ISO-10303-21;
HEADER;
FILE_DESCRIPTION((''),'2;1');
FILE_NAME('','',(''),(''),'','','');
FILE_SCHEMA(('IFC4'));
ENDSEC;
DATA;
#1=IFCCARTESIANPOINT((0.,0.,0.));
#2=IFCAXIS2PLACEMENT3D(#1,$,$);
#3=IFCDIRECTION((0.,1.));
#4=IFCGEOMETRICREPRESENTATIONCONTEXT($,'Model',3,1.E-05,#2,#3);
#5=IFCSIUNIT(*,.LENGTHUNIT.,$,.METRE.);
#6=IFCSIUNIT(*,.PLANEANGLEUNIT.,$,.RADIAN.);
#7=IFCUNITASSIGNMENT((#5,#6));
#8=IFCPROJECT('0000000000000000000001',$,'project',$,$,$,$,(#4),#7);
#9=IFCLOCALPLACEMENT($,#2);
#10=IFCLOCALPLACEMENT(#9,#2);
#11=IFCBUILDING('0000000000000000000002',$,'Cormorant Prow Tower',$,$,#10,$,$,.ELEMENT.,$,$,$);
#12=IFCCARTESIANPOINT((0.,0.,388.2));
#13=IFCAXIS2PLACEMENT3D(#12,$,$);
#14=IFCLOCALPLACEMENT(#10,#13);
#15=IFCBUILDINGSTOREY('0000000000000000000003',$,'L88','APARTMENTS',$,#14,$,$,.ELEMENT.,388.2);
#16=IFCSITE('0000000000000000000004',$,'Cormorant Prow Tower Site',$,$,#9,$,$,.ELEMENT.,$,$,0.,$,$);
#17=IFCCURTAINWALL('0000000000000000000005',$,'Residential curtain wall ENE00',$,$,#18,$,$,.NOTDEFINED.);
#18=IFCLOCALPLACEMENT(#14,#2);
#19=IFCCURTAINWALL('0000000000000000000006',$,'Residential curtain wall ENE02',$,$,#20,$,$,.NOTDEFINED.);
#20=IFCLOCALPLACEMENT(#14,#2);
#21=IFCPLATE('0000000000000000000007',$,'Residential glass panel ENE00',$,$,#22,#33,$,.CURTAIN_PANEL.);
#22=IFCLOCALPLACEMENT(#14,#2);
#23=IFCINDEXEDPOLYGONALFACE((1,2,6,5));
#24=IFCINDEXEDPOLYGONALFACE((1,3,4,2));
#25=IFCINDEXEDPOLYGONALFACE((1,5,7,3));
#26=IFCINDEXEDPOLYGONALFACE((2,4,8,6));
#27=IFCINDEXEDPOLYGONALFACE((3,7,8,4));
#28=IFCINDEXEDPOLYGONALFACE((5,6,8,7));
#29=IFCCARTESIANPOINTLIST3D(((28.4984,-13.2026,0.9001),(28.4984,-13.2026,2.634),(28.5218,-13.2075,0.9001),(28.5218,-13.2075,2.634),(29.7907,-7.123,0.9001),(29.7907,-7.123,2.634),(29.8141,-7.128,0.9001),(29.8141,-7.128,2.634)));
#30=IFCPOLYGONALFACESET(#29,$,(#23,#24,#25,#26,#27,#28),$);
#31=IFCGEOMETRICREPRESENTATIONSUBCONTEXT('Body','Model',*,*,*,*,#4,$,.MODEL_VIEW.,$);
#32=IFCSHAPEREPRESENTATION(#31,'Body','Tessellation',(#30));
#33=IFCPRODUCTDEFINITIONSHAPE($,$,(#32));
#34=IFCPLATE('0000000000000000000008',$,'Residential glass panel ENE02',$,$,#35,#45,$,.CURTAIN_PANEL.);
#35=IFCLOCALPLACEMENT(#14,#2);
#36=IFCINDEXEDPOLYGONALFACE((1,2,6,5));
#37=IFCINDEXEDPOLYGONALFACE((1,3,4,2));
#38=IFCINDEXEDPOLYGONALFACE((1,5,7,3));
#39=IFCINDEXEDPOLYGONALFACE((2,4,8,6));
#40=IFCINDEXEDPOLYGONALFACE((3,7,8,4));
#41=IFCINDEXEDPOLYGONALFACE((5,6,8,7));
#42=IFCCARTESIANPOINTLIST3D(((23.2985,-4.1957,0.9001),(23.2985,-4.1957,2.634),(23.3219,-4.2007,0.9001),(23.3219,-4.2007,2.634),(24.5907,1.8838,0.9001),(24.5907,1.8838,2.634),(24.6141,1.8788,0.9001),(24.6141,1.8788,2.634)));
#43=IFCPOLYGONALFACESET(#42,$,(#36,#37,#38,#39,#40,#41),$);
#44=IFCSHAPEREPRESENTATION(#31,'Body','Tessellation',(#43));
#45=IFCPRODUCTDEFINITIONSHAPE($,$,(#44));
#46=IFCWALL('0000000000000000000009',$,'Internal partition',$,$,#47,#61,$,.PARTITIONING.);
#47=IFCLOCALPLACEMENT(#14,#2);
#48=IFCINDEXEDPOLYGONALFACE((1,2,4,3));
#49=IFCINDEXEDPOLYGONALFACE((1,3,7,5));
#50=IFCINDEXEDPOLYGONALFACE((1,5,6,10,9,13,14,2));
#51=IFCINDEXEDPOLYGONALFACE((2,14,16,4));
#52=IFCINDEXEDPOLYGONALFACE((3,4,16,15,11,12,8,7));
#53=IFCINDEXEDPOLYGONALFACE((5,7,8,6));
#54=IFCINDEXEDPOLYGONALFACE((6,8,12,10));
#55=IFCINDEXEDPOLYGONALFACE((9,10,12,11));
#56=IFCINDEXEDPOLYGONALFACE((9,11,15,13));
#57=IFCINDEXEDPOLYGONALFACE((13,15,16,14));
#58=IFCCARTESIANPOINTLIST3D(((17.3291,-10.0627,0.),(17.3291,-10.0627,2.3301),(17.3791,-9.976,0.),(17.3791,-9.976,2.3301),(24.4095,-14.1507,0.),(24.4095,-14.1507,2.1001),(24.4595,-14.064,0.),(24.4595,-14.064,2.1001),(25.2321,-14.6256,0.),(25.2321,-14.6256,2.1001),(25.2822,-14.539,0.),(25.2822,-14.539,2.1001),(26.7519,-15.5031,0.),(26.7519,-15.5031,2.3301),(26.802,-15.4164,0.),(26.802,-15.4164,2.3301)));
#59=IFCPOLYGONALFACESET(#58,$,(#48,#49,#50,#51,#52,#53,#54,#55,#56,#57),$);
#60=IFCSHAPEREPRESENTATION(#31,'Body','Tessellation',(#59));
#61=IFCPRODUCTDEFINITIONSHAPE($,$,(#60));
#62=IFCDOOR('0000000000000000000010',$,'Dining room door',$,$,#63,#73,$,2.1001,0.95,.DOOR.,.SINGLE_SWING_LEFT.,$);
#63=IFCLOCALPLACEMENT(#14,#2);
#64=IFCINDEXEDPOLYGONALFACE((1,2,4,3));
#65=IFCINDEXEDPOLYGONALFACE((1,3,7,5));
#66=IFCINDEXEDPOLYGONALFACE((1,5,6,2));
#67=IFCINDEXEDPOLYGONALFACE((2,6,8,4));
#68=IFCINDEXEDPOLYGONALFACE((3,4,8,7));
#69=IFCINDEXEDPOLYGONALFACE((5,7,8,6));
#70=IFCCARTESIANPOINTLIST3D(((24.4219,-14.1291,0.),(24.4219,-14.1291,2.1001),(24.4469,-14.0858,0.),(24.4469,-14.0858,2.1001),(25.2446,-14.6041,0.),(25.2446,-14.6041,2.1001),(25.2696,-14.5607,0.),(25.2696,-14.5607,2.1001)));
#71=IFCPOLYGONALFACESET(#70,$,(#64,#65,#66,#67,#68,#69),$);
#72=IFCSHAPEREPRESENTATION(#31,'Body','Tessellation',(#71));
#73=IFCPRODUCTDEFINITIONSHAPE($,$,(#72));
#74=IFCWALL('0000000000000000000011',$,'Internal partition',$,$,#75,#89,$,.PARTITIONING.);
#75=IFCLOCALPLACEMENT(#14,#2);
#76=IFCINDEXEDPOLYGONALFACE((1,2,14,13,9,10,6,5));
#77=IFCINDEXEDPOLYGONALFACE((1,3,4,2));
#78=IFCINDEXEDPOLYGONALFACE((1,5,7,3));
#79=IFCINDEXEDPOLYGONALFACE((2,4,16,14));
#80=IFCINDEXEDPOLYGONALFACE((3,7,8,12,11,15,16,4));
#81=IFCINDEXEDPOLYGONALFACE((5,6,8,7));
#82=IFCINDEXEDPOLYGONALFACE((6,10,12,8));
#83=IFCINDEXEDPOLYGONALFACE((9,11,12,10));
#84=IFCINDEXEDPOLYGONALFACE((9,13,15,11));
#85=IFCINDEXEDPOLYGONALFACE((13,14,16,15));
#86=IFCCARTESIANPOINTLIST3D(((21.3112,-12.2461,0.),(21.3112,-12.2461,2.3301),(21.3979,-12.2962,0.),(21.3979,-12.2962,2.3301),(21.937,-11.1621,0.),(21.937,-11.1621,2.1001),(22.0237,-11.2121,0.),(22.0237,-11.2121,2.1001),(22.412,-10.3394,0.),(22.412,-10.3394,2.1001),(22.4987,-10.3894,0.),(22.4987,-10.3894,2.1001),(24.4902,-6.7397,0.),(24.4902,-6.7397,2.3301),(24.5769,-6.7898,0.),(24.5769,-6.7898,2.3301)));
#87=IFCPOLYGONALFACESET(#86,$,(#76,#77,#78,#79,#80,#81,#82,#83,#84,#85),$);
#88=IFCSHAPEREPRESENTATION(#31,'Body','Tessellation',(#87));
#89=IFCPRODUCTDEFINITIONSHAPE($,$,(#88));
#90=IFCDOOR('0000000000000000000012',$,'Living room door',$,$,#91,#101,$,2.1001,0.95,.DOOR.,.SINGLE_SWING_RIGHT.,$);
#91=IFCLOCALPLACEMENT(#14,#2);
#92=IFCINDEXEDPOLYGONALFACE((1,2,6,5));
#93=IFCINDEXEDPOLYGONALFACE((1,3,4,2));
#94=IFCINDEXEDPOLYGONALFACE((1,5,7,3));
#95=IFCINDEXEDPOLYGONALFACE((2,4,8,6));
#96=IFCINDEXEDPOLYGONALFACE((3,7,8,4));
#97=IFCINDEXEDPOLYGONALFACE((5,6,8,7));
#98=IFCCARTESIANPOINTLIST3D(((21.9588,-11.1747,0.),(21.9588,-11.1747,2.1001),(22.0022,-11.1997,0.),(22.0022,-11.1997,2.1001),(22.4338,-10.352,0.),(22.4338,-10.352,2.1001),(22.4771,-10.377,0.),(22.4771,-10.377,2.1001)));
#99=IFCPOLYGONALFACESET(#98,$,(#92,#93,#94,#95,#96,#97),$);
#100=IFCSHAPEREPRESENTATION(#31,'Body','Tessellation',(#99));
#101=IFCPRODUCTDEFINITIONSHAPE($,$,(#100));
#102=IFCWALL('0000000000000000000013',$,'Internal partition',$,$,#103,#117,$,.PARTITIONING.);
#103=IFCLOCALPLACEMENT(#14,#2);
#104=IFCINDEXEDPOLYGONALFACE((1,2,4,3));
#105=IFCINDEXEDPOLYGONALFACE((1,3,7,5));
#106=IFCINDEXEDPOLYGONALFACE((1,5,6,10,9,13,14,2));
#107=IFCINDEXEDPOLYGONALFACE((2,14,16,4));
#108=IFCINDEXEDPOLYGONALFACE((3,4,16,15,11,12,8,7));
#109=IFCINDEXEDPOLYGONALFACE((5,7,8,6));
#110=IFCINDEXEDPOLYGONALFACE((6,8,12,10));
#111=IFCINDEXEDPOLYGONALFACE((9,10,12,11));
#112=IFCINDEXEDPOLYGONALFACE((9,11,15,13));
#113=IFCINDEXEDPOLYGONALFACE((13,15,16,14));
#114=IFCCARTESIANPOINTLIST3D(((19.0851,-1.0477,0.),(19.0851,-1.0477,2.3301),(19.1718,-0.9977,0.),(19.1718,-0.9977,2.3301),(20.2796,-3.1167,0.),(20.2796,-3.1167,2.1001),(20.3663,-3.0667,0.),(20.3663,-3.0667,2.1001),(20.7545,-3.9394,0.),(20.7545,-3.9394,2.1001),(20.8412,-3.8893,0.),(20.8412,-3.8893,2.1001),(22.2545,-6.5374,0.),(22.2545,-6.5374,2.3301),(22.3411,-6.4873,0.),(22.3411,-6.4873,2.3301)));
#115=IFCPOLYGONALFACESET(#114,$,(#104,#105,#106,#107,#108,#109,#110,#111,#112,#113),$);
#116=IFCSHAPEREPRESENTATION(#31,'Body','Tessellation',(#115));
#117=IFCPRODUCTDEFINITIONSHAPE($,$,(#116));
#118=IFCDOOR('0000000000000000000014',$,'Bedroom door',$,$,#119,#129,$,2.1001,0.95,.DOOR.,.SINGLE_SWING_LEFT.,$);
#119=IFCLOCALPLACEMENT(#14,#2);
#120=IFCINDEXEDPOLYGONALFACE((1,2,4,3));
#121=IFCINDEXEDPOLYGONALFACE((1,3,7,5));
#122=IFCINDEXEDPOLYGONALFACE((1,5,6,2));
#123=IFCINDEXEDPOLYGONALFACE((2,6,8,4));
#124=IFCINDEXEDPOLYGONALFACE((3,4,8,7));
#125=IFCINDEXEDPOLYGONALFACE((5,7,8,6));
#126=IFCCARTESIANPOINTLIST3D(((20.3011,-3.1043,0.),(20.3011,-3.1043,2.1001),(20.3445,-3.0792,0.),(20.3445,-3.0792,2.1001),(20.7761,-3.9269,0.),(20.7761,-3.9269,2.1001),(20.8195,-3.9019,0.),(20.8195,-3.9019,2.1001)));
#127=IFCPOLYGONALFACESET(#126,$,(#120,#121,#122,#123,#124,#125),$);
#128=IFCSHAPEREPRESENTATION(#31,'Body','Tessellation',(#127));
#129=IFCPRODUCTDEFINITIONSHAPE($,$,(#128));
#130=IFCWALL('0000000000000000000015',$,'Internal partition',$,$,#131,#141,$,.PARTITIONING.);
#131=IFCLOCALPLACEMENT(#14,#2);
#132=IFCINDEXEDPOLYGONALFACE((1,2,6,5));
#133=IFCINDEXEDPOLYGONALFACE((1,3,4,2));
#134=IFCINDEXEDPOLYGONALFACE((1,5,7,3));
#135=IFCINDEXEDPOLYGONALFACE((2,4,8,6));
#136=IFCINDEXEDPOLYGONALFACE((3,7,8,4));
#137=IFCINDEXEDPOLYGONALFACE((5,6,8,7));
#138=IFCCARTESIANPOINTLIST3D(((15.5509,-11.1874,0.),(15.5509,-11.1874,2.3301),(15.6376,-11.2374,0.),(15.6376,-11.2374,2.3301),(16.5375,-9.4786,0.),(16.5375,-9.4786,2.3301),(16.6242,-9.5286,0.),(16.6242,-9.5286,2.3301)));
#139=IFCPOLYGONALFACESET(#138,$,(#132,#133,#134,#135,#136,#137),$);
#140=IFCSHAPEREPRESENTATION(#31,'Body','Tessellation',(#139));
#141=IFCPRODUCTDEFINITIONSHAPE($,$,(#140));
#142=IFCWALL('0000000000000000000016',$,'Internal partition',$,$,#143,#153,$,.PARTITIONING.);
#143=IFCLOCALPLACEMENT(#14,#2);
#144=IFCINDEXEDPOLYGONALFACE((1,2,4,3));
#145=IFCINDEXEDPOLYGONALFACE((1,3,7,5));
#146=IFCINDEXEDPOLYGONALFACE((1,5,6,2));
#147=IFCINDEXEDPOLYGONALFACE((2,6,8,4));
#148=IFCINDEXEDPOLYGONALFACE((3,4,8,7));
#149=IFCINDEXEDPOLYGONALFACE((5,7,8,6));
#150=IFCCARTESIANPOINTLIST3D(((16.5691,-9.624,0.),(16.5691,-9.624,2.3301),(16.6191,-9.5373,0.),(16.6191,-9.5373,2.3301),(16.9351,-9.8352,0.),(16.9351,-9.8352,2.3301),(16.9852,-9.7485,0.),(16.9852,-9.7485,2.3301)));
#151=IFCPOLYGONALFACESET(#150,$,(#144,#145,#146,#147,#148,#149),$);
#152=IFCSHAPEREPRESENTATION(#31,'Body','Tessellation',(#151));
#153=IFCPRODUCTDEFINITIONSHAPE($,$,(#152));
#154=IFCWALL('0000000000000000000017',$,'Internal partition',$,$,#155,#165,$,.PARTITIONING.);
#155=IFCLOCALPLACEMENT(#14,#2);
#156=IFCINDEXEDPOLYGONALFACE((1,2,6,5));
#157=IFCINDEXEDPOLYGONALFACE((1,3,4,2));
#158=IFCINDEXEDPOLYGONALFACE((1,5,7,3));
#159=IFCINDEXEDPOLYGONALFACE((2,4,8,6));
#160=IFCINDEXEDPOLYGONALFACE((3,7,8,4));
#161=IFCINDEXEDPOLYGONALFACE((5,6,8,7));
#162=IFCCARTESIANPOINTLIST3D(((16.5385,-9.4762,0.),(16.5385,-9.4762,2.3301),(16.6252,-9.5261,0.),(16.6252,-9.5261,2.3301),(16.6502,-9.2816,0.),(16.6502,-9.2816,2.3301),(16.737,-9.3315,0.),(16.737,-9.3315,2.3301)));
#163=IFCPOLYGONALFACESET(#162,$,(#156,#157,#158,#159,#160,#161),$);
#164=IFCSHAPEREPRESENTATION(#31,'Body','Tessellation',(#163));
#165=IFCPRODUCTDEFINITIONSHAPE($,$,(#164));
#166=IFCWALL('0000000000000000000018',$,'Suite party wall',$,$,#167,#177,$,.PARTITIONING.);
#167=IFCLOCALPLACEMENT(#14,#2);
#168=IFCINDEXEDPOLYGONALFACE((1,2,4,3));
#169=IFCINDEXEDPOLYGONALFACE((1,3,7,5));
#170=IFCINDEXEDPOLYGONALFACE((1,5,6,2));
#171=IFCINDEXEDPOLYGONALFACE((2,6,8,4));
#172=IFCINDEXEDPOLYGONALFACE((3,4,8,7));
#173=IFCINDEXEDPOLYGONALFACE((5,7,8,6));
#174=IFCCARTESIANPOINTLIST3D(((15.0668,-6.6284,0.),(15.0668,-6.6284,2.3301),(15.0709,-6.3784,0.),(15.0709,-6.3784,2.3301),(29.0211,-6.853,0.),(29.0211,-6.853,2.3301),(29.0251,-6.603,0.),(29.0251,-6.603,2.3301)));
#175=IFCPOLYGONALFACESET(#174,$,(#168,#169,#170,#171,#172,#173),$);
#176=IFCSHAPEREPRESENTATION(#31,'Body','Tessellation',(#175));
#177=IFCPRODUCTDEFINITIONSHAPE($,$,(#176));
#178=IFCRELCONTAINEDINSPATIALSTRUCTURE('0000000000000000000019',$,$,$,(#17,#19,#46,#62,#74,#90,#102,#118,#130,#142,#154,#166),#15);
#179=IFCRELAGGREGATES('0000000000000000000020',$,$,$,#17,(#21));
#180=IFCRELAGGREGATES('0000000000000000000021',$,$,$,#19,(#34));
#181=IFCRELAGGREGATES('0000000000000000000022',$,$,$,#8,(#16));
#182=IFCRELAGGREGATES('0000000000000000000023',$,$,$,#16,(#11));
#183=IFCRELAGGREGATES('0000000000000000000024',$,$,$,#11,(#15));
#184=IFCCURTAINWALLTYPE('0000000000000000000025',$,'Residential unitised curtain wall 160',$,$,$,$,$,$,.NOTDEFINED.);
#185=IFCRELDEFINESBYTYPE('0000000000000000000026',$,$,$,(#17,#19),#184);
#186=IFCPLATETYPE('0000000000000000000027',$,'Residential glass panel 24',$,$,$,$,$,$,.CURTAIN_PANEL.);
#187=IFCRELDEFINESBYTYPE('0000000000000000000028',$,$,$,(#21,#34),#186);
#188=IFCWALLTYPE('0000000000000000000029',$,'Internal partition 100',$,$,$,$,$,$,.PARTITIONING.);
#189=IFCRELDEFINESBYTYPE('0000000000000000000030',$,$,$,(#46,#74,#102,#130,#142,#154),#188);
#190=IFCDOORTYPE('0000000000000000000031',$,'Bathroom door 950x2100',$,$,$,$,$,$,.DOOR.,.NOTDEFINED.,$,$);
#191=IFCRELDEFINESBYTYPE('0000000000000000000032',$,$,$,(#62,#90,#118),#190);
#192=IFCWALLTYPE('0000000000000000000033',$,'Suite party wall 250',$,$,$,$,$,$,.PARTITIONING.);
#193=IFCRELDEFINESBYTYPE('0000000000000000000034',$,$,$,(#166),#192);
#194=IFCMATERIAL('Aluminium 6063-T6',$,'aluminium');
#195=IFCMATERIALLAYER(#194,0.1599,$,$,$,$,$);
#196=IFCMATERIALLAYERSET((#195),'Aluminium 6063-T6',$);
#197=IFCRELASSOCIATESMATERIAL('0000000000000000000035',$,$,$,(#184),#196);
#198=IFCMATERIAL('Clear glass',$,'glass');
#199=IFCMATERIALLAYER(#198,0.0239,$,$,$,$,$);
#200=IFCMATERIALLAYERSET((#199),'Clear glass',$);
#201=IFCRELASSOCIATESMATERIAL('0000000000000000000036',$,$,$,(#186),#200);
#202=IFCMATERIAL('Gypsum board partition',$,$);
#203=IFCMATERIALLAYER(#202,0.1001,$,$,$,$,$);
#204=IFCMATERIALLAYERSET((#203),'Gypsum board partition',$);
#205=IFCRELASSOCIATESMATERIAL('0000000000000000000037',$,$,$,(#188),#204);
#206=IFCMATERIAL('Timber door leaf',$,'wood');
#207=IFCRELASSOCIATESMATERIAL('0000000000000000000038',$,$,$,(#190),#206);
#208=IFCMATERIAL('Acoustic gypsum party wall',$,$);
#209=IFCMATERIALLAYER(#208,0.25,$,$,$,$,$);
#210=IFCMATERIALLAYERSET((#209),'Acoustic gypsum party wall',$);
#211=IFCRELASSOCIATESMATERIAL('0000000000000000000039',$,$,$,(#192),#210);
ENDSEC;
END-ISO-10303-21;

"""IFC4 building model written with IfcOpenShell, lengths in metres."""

from ifc_helpers import new_model, si_unit, direction, frame, frame_2d, origin, origin_2d, place, context, subcontext, project, spatial, rectangle, extrude, material, layer, layer_set, type_object, element, fill, aggregate, save


model = new_model("IFC4")

# Units and contexts
model_context = context("Model", 3, precision=1e-05, world=origin(), true_north=direction((0.0, 1.0)))
body_context = subcontext(model_context, "Body", "Model", "MODEL_VIEW")
ifc_project = project(units=[si_unit("LENGTHUNIT", "METRE"), si_unit("PLANEANGLEUNIT", "RADIAN")], contexts=[model_context])

# Site, building, storey
site_placement = place(None, origin())
site = spatial("IfcSite", under=ifc_project, at=site_placement, Name="Cormorant Prow Tower Site", CompositionType="ELEMENT", RefElevation=0.0)
building_placement = place(site_placement, origin())
building = spatial("IfcBuilding", under=site, at=building_placement, Name="Cormorant Prow Tower", CompositionType="ELEMENT")
storey_placement = place(building_placement, frame((0.0, 0.0, 388.2)))
storey = spatial("IfcBuildingStorey", under=building, at=storey_placement, Name="L88", Description="APARTMENTS", CompositionType="ELEMENT", Elevation=388.2)

# Curtain walls
ifc_material_1 = material(Name="Aluminium 6063-T6", Category="aluminium")
ifc_layer_1 = layer(ifc_material_1, 0.1599)
ifc_layer_set_1 = layer_set([ifc_layer_1], Name="Aluminium 6063-T6")
curtain_wall_type = type_object("IfcCurtainWallType", Name="Residential unitised curtain wall 160", PredefinedType="NOTDEFINED", material=ifc_layer_set_1)
curtain_wall_1_placement = place(storey_placement, origin())
curtain_wall_1 = element("IfcCurtainWall", 1, at=curtain_wall_1_placement, inside=storey, type_object=curtain_wall_type, Name="Residential curtain wall ENE00", PredefinedType="NOTDEFINED")
curtain_wall_2_placement = place(storey_placement, origin())
curtain_wall_2 = element("IfcCurtainWall", 2, at=curtain_wall_2_placement, inside=storey, type_object=curtain_wall_type, Name="Residential curtain wall ENE02", PredefinedType="NOTDEFINED")

# Plates
ifc_material_2 = material(Name="Clear glass", Category="glass")
ifc_layer_2 = layer(ifc_material_2, 0.0239)
ifc_layer_set_2 = layer_set([ifc_layer_2], Name="Clear glass")
plate_type = type_object("IfcPlateType", Name="Residential glass panel 24", PredefinedType="CURTAIN_PANEL", material=ifc_layer_set_2)
plate_1_placement = place(storey_placement, frame((29.1562, -10.1653, 0.9001), z_axis=(0.0, 0.0, 1.0), x_axis=(0.207912, 0.978148, 0.0)))
plate_1 = element("IfcPlate", 3, at=plate_1_placement, type_object=plate_type, Name="Residential glass panel ENE00", PredefinedType="CURTAIN_PANEL", context=body_context, shape_type="SweptSolid", body=[
    extrude(rectangle(XDim=6.2153, YDim=0.0239, at=origin_2d()), origin(), (0.0, 0.0, 1.0), 1.7339),
])
aggregate(curtain_wall_1, [plate_1])
plate_2_placement = place(storey_placement, frame((23.9563, -1.1584, 0.9001), z_axis=(0.0, 0.0, 1.0), x_axis=(0.207912, 0.978148, 0.0)))
plate_2 = element("IfcPlate", 4, at=plate_2_placement, type_object=plate_type, Name="Residential glass panel ENE02", PredefinedType="CURTAIN_PANEL", context=body_context, shape_type="SweptSolid", body=[
    extrude(rectangle(XDim=6.2153, YDim=0.0239, at=origin_2d()), origin(), (0.0, 0.0, 1.0), 1.7339),
])
aggregate(curtain_wall_2, [plate_2])

# Walls, openings, doors
ifc_material_3 = material(Name="Gypsum board partition")
ifc_layer_3 = layer(ifc_material_3, 0.1001)
ifc_layer_set_3 = layer_set([ifc_layer_3], Name="Gypsum board partition")
wall_type_1 = type_object("IfcWallType", Name="Internal partition 100", PredefinedType="PARTITIONING", material=ifc_layer_set_3)
wall_1_placement = place(storey_placement, frame((17.354, -10.0193, 0.0), z_axis=(0.0, 0.0, 1.0), x_axis=(0.86602, -0.50001, 0.0)))
wall_1 = element("IfcWall", 5, at=wall_1_placement, inside=storey, type_object=wall_type_1, Name="Internal partition", PredefinedType="PARTITIONING", context=body_context, shape_type="SweptSolid", body=[
    extrude(rectangle(XDim=10.8806, YDim=0.1001, at=frame_2d((5.4404, 0.0))), origin(), (0.0, 0.0, 1.0), 2.3301),
])
opening_1_placement = place(wall_1_placement, frame((8.1758, 0.0, 0.0)))
opening_1 = element("IfcOpeningElement", 6, at=opening_1_placement, cuts=wall_1, PredefinedType="OPENING", context=body_context, shape_type="SweptSolid", body=[
    extrude(rectangle(XDim=0.95, YDim=2.1001, at=frame_2d((0.4751, 1.05))), frame((0.0, 0.0601, 0.0), z_axis=(0.0, -1.0, 0.0), x_axis=(1.0, 0.0, 0.0)), (0.0, 0.0, 1.0), 0.1201),
])
ifc_material_4 = material(Name="Timber door leaf", Category="wood")
door_type_1 = type_object("IfcDoorType", Name="Bathroom door 950x2100", OperationType="NOTDEFINED", PredefinedType="DOOR", material=ifc_material_4)
door_1_placement = place(opening_1_placement, origin())
door_1 = element("IfcDoor", 7, at=door_1_placement, inside=storey, type_object=door_type_1, Name="Dining room door", OperationType="SINGLE_SWING_LEFT", OverallHeight=2.1001, OverallWidth=0.95, PredefinedType="DOOR", context=body_context, shape_type="SweptSolid", body=[
    extrude(rectangle(XDim=0.95, YDim=2.1001, at=frame_2d((0.4751, 1.05))), frame((0.0, 0.0249, 0.0), z_axis=(0.0, -1.0, 0.0), x_axis=(1.0, 0.0, 0.0)), (0.0, 0.0, 1.0), 0.05),
])
fill(opening_1, door_1)
wall_2_placement = place(storey_placement, frame((21.3545, -12.2712, 0.0), z_axis=(0.0, 0.0, 1.0), x_axis=(0.499984, 0.866035, 0.0)))
wall_2 = element("IfcWall", 8, at=wall_2_placement, inside=storey, type_object=wall_type_1, Name="Internal partition", PredefinedType="PARTITIONING", context=body_context, shape_type="SweptSolid", body=[
    extrude(rectangle(XDim=6.3582, YDim=0.1001, at=frame_2d((3.1792, 0.0))), origin(), (0.0, 0.0, 1.0), 2.3301),
])
opening_2_placement = place(wall_2_placement, frame((1.2517, 0.0, 0.0)))
opening_2 = element("IfcOpeningElement", 9, at=opening_2_placement, cuts=wall_2, PredefinedType="OPENING", context=body_context, shape_type="SweptSolid", body=[
    extrude(rectangle(XDim=0.95, YDim=2.1001, at=frame_2d((0.4751, 1.05))), frame((0.0, 0.0601, 0.0), z_axis=(0.0, -1.0, 0.0), x_axis=(1.0, 0.0, 0.0)), (0.0, 0.0, 1.0), 0.1201),
])
door_2_placement = place(opening_2_placement, origin())
door_2 = element("IfcDoor", 10, at=door_2_placement, inside=storey, type_object=door_type_1, Name="Living room door", OperationType="SINGLE_SWING_RIGHT", OverallHeight=2.1001, OverallWidth=0.95, PredefinedType="DOOR", context=body_context, shape_type="SweptSolid", body=[
    extrude(rectangle(XDim=0.95, YDim=2.1001, at=frame_2d((0.4751, 1.05))), frame((0.0, 0.0249, 0.0), z_axis=(0.0, -1.0, 0.0), x_axis=(1.0, 0.0, 0.0)), (0.0, 0.0, 1.0), 0.05),
])
fill(opening_2, door_2)
wall_3_placement = place(storey_placement, frame((19.1284, -1.0227, 0.0), z_axis=(0.0, 0.0, 1.0), x_axis=(0.499991, -0.86603, 0.0)))
wall_3 = element("IfcWall", 11, at=wall_3_placement, inside=storey, type_object=wall_type_1, Name="Internal partition", PredefinedType="PARTITIONING", context=body_context, shape_type="SweptSolid", body=[
    extrude(rectangle(XDim=6.3389, YDim=0.1001, at=frame_2d((3.1694, 0.0))), origin(), (0.0, 0.0, 1.0), 2.3301),
])
opening_3_placement = place(wall_3_placement, frame((2.3889, 0.0, 0.0)))
opening_3 = element("IfcOpeningElement", 12, at=opening_3_placement, cuts=wall_3, PredefinedType="OPENING", context=body_context, shape_type="SweptSolid", body=[
    extrude(rectangle(XDim=0.95, YDim=2.1001, at=frame_2d((0.4751, 1.05))), frame((0.0, 0.0601, 0.0), z_axis=(0.0, -1.0, 0.0), x_axis=(1.0, 0.0, 0.0)), (0.0, 0.0, 1.0), 0.1201),
])
door_3_placement = place(opening_3_placement, origin())
door_3 = element("IfcDoor", 13, at=door_3_placement, inside=storey, type_object=door_type_1, Name="Bedroom door", OperationType="SINGLE_SWING_LEFT", OverallHeight=2.1001, OverallWidth=0.95, PredefinedType="DOOR", context=body_context, shape_type="SweptSolid", body=[
    extrude(rectangle(XDim=0.95, YDim=2.1001, at=frame_2d((0.4751, 1.05))), frame((0.0, 0.0249, 0.0), z_axis=(0.0, -1.0, 0.0), x_axis=(1.0, 0.0, 0.0)), (0.0, 0.0, 1.0), 0.05),
])
fill(opening_3, door_3)

# Walls
wall_4_placement = place(storey_placement, frame((15.5942, -11.2124, 0.0), z_axis=(0.0, 0.0, 1.0), x_axis=(0.500012, 0.866019, 0.0)))
element("IfcWall", 14, at=wall_4_placement, inside=storey, type_object=wall_type_1, Name="Internal partition", PredefinedType="PARTITIONING", context=body_context, shape_type="SweptSolid", body=[
    extrude(rectangle(XDim=1.9731, YDim=0.1001, at=frame_2d((0.9866, 0.0))), origin(), (0.0, 0.0, 1.0), 2.3301),
])
wall_5_placement = place(storey_placement, frame((16.594, -9.5806, 0.0), z_axis=(0.0, 0.0, 1.0), x_axis=(0.866137, -0.499806, 0.0)))
element("IfcWall", 15, at=wall_5_placement, inside=storey, type_object=wall_type_1, Name="Internal partition", PredefinedType="PARTITIONING", context=body_context, shape_type="SweptSolid", body=[
    extrude(rectangle(XDim=0.4226, YDim=0.1001, at=frame_2d((0.2114, 0.0))), origin(), (0.0, 0.0, 1.0), 2.3301),
])
wall_6_placement = place(storey_placement, frame((16.5818, -9.5012, 0.0), z_axis=(0.0, 0.0, 1.0), x_axis=(0.498246, 0.867036, 0.0)))
element("IfcWall", 16, at=wall_6_placement, inside=storey, type_object=wall_type_1, Name="Internal partition", PredefinedType="PARTITIONING", context=body_context, shape_type="SweptSolid", body=[
    extrude(rectangle(XDim=0.2244, YDim=0.1001, at=frame_2d((0.1123, 0.0))), origin(), (0.0, 0.0, 1.0), 2.3301),
])
ifc_material_5 = material(Name="Acoustic gypsum party wall")
ifc_layer_4 = layer(ifc_material_5, 0.25)
ifc_layer_set_4 = layer_set([ifc_layer_4], Name="Acoustic gypsum party wall")
wall_type_2 = type_object("IfcWallType", Name="Suite party wall 250", PredefinedType="PARTITIONING", material=ifc_layer_set_4)
wall_7_placement = place(storey_placement, frame((15.0688, -6.5034, 0.0), z_axis=(0.0, 0.0, 1.0), x_axis=(0.99987, -0.016094, 0.0)))
element("IfcWall", 17, at=wall_7_placement, inside=storey, type_object=wall_type_2, Name="Suite party wall", PredefinedType="PARTITIONING", context=body_context, shape_type="SweptSolid", body=[
    extrude(rectangle(XDim=13.9561, YDim=0.25, at=frame_2d((6.978, 0.0))), origin(), (0.0, 0.0, 1.0), 2.3301),
])

save(model, "model.ifc")
